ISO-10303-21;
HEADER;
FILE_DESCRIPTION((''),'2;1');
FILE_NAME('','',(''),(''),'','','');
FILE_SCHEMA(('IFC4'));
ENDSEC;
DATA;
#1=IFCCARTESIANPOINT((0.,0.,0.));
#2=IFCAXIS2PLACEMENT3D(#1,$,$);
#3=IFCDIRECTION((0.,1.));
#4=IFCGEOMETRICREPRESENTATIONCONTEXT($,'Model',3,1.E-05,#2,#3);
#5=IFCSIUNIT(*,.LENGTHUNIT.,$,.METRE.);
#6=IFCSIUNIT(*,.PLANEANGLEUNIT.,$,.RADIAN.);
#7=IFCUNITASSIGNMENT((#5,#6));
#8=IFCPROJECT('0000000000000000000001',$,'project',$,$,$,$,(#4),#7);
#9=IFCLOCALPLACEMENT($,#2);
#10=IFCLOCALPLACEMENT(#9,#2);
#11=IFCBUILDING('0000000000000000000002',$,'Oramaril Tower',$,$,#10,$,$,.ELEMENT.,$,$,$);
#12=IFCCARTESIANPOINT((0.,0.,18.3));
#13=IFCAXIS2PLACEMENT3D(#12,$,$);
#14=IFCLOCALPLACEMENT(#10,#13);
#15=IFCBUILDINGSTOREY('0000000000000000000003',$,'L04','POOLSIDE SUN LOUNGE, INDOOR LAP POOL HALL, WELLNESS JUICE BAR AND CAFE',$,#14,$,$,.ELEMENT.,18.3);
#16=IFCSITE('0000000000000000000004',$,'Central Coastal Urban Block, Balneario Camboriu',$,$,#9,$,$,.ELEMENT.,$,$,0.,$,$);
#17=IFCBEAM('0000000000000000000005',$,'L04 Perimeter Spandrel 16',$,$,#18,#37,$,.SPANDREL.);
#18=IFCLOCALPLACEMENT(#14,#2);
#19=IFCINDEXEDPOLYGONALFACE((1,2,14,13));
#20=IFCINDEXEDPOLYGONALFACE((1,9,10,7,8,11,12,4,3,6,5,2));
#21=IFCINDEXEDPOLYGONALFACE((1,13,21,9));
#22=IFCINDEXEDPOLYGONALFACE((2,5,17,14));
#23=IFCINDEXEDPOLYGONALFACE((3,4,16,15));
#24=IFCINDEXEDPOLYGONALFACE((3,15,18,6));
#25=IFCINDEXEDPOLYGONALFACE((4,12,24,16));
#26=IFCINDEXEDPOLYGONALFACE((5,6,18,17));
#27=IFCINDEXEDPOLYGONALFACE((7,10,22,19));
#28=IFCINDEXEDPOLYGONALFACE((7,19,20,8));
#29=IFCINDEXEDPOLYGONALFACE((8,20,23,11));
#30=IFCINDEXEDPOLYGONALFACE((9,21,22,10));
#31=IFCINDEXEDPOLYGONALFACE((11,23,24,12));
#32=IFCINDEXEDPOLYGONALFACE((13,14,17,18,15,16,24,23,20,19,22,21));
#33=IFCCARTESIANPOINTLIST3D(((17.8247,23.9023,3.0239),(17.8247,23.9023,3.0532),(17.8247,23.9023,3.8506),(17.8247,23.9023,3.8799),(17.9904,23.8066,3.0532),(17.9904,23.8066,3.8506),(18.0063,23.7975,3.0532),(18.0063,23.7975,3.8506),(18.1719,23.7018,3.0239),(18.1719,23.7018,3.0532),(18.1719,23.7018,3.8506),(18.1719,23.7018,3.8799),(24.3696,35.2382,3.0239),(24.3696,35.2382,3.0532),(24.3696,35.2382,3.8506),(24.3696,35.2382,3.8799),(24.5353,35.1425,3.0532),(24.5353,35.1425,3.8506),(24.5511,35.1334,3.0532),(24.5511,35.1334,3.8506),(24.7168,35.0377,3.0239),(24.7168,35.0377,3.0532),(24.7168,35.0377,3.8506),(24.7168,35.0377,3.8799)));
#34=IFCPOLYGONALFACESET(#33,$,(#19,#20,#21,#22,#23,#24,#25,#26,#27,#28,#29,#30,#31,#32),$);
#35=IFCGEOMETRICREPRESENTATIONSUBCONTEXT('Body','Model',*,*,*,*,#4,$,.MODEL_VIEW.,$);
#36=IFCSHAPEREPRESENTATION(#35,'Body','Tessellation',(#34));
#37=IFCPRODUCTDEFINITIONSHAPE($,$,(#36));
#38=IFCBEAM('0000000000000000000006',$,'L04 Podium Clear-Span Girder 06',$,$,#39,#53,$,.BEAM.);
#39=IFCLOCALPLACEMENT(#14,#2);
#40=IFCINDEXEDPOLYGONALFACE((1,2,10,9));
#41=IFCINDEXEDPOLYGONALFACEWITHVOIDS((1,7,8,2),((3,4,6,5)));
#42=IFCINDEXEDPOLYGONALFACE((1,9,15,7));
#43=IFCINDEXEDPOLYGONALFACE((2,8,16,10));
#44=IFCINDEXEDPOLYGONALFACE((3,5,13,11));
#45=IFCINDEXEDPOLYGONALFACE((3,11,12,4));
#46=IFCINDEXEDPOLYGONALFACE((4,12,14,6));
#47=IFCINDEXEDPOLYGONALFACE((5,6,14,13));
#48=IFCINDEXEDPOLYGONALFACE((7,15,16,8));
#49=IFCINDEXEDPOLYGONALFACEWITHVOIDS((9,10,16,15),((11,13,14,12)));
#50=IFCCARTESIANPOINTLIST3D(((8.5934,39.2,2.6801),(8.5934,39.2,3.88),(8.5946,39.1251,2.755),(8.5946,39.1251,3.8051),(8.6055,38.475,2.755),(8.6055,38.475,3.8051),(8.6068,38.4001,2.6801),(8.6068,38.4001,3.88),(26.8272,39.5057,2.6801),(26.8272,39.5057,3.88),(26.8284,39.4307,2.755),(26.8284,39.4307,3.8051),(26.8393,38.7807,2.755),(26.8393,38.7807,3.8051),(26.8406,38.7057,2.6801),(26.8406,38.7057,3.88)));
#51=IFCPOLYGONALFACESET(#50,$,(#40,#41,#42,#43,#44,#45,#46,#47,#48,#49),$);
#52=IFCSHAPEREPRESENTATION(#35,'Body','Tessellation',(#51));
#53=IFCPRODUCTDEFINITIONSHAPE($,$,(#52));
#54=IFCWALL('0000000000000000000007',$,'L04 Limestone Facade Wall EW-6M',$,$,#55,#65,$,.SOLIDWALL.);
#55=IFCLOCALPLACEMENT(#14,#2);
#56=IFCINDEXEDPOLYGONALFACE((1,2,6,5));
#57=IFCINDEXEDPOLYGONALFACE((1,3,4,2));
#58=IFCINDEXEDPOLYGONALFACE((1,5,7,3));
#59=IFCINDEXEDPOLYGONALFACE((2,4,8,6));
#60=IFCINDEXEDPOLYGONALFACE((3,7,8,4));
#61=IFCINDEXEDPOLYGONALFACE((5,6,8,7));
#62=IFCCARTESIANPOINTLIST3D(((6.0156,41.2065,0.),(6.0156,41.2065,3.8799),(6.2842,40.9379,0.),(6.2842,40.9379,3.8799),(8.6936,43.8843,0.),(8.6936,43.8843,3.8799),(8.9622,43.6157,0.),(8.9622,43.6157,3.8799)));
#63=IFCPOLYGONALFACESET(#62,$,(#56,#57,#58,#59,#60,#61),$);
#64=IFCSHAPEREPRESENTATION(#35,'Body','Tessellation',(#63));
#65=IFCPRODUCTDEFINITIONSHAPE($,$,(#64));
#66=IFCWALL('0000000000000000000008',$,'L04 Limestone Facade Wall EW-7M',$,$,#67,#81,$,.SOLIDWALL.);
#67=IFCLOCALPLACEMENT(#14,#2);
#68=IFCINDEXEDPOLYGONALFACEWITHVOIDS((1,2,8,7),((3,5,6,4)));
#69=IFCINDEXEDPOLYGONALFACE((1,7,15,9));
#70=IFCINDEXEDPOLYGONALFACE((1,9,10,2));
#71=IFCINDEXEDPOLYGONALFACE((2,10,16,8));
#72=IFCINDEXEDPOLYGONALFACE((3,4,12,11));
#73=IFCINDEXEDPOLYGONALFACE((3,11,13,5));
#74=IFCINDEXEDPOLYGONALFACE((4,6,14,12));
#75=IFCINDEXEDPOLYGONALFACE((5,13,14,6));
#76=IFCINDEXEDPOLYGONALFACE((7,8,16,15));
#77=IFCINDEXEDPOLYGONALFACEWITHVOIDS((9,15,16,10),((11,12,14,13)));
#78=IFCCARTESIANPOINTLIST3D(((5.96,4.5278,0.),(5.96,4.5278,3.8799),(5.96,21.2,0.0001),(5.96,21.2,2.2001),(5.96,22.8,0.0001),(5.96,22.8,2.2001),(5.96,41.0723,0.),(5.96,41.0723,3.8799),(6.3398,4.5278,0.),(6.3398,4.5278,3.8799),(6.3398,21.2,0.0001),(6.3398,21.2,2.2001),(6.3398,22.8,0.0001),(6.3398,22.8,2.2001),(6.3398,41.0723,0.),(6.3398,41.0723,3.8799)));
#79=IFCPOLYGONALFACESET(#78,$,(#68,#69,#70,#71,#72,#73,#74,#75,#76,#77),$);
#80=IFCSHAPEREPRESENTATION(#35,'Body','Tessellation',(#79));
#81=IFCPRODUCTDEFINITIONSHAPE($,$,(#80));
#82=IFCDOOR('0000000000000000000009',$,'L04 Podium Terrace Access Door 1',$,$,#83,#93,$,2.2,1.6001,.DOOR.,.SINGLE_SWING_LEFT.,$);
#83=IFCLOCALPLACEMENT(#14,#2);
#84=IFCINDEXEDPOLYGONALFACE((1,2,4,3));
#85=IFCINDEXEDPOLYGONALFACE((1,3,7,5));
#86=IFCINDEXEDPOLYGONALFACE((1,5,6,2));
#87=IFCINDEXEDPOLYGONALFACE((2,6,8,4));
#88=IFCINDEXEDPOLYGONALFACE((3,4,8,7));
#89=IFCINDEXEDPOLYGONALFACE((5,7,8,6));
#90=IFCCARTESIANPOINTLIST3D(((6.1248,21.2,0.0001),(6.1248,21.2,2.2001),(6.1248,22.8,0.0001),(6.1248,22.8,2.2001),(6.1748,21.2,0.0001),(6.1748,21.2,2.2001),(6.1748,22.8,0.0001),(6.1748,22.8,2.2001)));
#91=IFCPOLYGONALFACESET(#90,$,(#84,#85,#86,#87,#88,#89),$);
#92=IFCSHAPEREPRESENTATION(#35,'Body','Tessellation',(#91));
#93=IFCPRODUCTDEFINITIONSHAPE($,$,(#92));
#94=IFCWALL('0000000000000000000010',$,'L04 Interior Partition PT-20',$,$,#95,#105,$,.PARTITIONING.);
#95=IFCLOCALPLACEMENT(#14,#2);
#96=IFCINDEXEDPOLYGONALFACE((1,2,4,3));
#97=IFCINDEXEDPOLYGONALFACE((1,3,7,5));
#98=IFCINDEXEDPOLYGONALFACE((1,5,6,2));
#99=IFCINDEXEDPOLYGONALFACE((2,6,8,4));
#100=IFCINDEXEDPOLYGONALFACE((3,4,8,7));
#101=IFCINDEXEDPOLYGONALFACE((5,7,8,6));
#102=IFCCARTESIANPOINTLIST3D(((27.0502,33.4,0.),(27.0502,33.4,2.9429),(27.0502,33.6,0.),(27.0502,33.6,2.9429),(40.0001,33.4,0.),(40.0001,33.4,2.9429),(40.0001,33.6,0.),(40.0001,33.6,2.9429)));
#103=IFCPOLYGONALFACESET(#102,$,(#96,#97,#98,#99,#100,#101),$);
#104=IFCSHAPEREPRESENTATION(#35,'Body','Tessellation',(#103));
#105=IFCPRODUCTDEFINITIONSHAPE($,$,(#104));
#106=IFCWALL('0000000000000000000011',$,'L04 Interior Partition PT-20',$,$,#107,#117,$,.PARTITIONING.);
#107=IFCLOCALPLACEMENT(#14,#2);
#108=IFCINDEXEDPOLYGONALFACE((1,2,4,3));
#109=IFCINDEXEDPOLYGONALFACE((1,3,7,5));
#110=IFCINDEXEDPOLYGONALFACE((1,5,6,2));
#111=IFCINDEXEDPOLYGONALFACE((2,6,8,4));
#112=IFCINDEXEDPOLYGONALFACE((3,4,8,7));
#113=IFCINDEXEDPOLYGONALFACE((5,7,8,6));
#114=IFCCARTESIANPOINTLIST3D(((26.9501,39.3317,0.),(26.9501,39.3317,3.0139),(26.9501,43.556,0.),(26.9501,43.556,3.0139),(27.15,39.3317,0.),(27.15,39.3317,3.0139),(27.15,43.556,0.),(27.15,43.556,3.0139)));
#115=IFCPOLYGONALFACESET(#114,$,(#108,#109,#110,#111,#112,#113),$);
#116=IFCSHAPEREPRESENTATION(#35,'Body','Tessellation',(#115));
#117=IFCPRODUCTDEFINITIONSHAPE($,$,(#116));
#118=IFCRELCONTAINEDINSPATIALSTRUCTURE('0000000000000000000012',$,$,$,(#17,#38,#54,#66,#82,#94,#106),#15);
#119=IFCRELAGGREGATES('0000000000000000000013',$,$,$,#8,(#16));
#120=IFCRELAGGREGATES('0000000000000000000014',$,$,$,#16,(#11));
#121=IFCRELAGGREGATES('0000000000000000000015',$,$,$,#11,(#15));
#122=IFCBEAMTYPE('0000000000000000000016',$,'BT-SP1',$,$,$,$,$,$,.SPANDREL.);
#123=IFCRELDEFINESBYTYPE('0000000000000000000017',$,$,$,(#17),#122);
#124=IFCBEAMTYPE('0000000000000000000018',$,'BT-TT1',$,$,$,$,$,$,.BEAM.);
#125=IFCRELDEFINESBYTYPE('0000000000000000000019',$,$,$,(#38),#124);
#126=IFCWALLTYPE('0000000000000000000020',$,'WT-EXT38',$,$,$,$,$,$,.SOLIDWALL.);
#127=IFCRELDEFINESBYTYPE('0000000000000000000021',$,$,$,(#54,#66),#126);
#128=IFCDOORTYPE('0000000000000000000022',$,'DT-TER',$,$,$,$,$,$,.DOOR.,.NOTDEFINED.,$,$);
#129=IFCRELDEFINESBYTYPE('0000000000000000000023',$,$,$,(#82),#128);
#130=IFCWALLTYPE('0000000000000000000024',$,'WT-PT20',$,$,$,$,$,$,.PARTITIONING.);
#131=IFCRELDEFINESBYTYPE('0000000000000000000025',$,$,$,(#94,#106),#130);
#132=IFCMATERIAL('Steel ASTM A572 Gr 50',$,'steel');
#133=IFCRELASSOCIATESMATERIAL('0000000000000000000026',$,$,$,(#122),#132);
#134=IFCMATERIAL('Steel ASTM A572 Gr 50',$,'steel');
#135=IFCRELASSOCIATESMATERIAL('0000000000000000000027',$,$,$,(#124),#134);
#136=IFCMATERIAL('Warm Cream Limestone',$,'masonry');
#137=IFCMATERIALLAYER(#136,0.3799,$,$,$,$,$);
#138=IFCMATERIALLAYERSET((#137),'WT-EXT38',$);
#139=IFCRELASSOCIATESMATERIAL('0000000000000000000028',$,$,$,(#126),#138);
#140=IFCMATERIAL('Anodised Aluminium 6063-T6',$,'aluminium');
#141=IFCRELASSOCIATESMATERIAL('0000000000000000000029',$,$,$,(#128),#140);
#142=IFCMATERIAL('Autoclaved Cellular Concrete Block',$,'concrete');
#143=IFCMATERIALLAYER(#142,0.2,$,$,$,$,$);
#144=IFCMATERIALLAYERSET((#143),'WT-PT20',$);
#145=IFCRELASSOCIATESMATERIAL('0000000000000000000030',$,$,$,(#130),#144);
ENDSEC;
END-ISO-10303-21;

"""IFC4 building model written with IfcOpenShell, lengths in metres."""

from ifc_helpers import new_model, si_unit, direction, frame, frame_2d, origin, origin_2d, place, context, subcontext, project, spatial, rectangle, hollow_rectangle, i_section, extrude, material, layer, layer_set, material_profile, profile_set, type_object, element, fill, save


model = new_model("IFC4")

# Units and contexts
model_context = context("Model", 3, precision=1e-05, world=origin(), true_north=direction((0.0, 1.0)))
body_context = subcontext(model_context, "Body", "Model", "MODEL_VIEW")
ifc_project = project(units=[si_unit("LENGTHUNIT", "METRE"), si_unit("PLANEANGLEUNIT", "RADIAN")], contexts=[model_context])

# Site, building, storey
site_placement = place(None, origin())
site = spatial("IfcSite", under=ifc_project, at=site_placement, Name="Central Coastal Urban Block, Balneario Camboriu", CompositionType="ELEMENT", RefElevation=0.0)
building_placement = place(site_placement, origin())
building = spatial("IfcBuilding", under=site, at=building_placement, Name="Oramaril Tower", CompositionType="ELEMENT")
storey_placement = place(building_placement, frame((0.0, 0.0, 18.3)))
storey = spatial("IfcBuildingStorey", under=building, at=storey_placement, Name="L04", Description="POOLSIDE SUN LOUNGE, INDOOR LAP POOL HALL, WELLNESS JUICE BAR AND CAFE", CompositionType="ELEMENT", Elevation=18.3)

# Beams
ifc_material_1 = material(Name="Steel ASTM A572 Gr 50", Category="steel")
ifc_material_profile_1 = material_profile(ifc_material_1, i_section(OverallWidth=0.4009, OverallDepth=0.856, WebThickness=0.0183, FlangeThickness=0.0293, at=origin_2d()), Name="W33X201")
ifc_profile_set_1 = profile_set([ifc_material_profile_1], Name="Steel ASTM A572 Gr 50")
beam_type_1 = type_object("IfcBeamType", Name="BT-SP1", PredefinedType="SPANDREL", material=ifc_profile_set_1)
beam_1_placement = place(storey_placement, frame((24.5432, 35.1379, 3.4519), z_axis=(-0.500007, -0.866022, 0.0), x_axis=(0.866022, -0.500007, 0.0)))
element("IfcBeam", 1, at=beam_1_placement, inside=storey, type_object=beam_type_1, Name="L04 Perimeter Spandrel 16", PredefinedType="SPANDREL", context=body_context, shape_type="SweptSolid", body=[
    extrude(i_section(OverallWidth=0.4009, OverallDepth=0.856, WebThickness=0.0183, FlangeThickness=0.0293, at=origin_2d()), origin(), (0.0, 0.0, 1.0), 13.0896),
])
ifc_material_2 = material(Name="Steel ASTM A572 Gr 50", Category="steel")
ifc_material_profile_2 = material_profile(ifc_material_2, hollow_rectangle(XDim=0.8, YDim=1.2, WallThickness=0.075, at=origin_2d()), Name="BOX1200X800X75")
ifc_profile_set_2 = profile_set([ifc_material_profile_2], Name="Steel ASTM A572 Gr 50")
beam_type_2 = type_object("IfcBeamType", Name="BT-TT1", PredefinedType="BEAM", material=ifc_profile_set_2)
beam_2_placement = place(storey_placement, frame((8.6001, 38.8, 3.28), z_axis=(0.99986, 0.016761, 0.0), x_axis=(-0.016761, 0.99986, 0.0)))
element("IfcBeam", 2, at=beam_2_placement, inside=storey, type_object=beam_type_2, Name="L04 Podium Clear-Span Girder 06", PredefinedType="BEAM", context=body_context, shape_type="SweptSolid", body=[
    extrude(hollow_rectangle(XDim=0.8, YDim=1.2, WallThickness=0.075, at=origin_2d()), origin(), (0.0, 0.0, 1.0), 18.2363),
])

# Wall
ifc_material_3 = material(Name="Warm Cream Limestone", Category="masonry")
ifc_layer_1 = layer(ifc_material_3, 0.3799)
ifc_layer_set_1 = layer_set([ifc_layer_1], Name="WT-EXT38")
wall_type_1 = type_object("IfcWallType", Name="WT-EXT38", PredefinedType="SOLIDWALL", material=ifc_layer_set_1)
wall_1_placement = place(storey_placement, frame((8.8279, 43.75, 0.0), z_axis=(0.0, 0.0, 1.0), x_axis=(-0.707139, -0.707075, 0.0)))
element("IfcWall", 3, at=wall_1_placement, inside=storey, type_object=wall_type_1, Name="L04 Limestone Facade Wall EW-6M", PredefinedType="SOLIDWALL", context=body_context, shape_type="SweptSolid", body=[
    extrude(rectangle(XDim=3.7871, YDim=0.3799, at=frame_2d((1.8936, 0.0))), origin(), (0.0, 0.0, 1.0), 3.8799),
])

# Wall, opening, door
wall_2_placement = place(storey_placement, frame((6.1499, 41.0723, 0.0), z_axis=(0.0, 0.0, 1.0), x_axis=(0.0, -1.0, 0.0)))
wall_2 = element("IfcWall", 4, at=wall_2_placement, inside=storey, type_object=wall_type_1, Name="L04 Limestone Facade Wall EW-7M", PredefinedType="SOLIDWALL", context=body_context, shape_type="SweptSolid", body=[
    extrude(rectangle(XDim=36.5444, YDim=0.3799, at=frame_2d((18.2722, 0.0))), origin(), (0.0, 0.0, 1.0), 3.8799),
])
opening_1_placement = place(wall_2_placement, frame((18.2722, 0.0, 0.0)))
opening_1 = element("IfcOpeningElement", 5, at=opening_1_placement, cuts=wall_2, PredefinedType="OPENING", context=body_context, shape_type="SweptSolid", body=[
    extrude(rectangle(XDim=1.6001, YDim=2.2, at=frame_2d((0.8, 1.1001))), frame((0.0, 0.1899, 0.0), z_axis=(0.0, -1.0, 0.0), x_axis=(1.0, 0.0, 0.0)), (0.0, 0.0, 1.0), 0.3799),
])
ifc_material_4 = material(Name="Anodised Aluminium 6063-T6", Category="aluminium")
door_type_1 = type_object("IfcDoorType", Name="DT-TER", OperationType="NOTDEFINED", PredefinedType="DOOR", material=ifc_material_4)
door_1_placement = place(opening_1_placement, origin())
door_1 = element("IfcDoor", 6, at=door_1_placement, inside=storey, type_object=door_type_1, Name="L04 Podium Terrace Access Door 1", OperationType="SINGLE_SWING_LEFT", OverallHeight=2.2, OverallWidth=1.6001, PredefinedType="DOOR", context=body_context, shape_type="SweptSolid", body=[
    extrude(rectangle(XDim=1.6001, YDim=2.2, at=frame_2d((0.8, 1.1001))), frame((0.0, 0.0249, 0.0), z_axis=(0.0, -1.0, 0.0), x_axis=(1.0, 0.0, 0.0)), (0.0, 0.0, 1.0), 0.05),
])
fill(opening_1, door_1)

# Shared definitions
ifc_material_5 = material(Name="Autoclaved Cellular Concrete Block", Category="concrete")
ifc_layer_2 = layer(ifc_material_5, 0.2)
ifc_layer_set_2 = layer_set([ifc_layer_2], Name="WT-PT20")
wall_type_2 = type_object("IfcWallType", Name="WT-PT20", PredefinedType="PARTITIONING", material=ifc_layer_set_2)

# Walls
wall_3_placement = place(storey_placement, frame((27.05, 33.5, 0.0), z_axis=(0.0, 0.0, 1.0), x_axis=(1.0, 0.0, 0.0)))
element("IfcWall", 7, at=wall_3_placement, inside=storey, type_object=wall_type_2, Name="L04 Interior Partition PT-20", PredefinedType="PARTITIONING", context=body_context, shape_type="SweptSolid", body=[
    extrude(rectangle(XDim=12.95, YDim=0.2, at=frame_2d((6.4751, 0.0))), origin(), (0.0, 0.0, 1.0), 2.9429),
])
wall_4_placement = place(storey_placement, frame((27.05, 39.3315, 0.0), z_axis=(0.0, 0.0, 1.0), x_axis=(0.0, 1.0, 0.0)))
element("IfcWall", 8, at=wall_4_placement, inside=storey, type_object=wall_type_2, Name="L04 Interior Partition PT-20", PredefinedType="PARTITIONING", context=body_context, shape_type="SweptSolid", body=[
    extrude(rectangle(XDim=4.2244, YDim=0.2, at=frame_2d((2.1123, 0.0))), origin(), (0.0, 0.0, 1.0), 3.0139),
])

save(model, "model.ifc")
